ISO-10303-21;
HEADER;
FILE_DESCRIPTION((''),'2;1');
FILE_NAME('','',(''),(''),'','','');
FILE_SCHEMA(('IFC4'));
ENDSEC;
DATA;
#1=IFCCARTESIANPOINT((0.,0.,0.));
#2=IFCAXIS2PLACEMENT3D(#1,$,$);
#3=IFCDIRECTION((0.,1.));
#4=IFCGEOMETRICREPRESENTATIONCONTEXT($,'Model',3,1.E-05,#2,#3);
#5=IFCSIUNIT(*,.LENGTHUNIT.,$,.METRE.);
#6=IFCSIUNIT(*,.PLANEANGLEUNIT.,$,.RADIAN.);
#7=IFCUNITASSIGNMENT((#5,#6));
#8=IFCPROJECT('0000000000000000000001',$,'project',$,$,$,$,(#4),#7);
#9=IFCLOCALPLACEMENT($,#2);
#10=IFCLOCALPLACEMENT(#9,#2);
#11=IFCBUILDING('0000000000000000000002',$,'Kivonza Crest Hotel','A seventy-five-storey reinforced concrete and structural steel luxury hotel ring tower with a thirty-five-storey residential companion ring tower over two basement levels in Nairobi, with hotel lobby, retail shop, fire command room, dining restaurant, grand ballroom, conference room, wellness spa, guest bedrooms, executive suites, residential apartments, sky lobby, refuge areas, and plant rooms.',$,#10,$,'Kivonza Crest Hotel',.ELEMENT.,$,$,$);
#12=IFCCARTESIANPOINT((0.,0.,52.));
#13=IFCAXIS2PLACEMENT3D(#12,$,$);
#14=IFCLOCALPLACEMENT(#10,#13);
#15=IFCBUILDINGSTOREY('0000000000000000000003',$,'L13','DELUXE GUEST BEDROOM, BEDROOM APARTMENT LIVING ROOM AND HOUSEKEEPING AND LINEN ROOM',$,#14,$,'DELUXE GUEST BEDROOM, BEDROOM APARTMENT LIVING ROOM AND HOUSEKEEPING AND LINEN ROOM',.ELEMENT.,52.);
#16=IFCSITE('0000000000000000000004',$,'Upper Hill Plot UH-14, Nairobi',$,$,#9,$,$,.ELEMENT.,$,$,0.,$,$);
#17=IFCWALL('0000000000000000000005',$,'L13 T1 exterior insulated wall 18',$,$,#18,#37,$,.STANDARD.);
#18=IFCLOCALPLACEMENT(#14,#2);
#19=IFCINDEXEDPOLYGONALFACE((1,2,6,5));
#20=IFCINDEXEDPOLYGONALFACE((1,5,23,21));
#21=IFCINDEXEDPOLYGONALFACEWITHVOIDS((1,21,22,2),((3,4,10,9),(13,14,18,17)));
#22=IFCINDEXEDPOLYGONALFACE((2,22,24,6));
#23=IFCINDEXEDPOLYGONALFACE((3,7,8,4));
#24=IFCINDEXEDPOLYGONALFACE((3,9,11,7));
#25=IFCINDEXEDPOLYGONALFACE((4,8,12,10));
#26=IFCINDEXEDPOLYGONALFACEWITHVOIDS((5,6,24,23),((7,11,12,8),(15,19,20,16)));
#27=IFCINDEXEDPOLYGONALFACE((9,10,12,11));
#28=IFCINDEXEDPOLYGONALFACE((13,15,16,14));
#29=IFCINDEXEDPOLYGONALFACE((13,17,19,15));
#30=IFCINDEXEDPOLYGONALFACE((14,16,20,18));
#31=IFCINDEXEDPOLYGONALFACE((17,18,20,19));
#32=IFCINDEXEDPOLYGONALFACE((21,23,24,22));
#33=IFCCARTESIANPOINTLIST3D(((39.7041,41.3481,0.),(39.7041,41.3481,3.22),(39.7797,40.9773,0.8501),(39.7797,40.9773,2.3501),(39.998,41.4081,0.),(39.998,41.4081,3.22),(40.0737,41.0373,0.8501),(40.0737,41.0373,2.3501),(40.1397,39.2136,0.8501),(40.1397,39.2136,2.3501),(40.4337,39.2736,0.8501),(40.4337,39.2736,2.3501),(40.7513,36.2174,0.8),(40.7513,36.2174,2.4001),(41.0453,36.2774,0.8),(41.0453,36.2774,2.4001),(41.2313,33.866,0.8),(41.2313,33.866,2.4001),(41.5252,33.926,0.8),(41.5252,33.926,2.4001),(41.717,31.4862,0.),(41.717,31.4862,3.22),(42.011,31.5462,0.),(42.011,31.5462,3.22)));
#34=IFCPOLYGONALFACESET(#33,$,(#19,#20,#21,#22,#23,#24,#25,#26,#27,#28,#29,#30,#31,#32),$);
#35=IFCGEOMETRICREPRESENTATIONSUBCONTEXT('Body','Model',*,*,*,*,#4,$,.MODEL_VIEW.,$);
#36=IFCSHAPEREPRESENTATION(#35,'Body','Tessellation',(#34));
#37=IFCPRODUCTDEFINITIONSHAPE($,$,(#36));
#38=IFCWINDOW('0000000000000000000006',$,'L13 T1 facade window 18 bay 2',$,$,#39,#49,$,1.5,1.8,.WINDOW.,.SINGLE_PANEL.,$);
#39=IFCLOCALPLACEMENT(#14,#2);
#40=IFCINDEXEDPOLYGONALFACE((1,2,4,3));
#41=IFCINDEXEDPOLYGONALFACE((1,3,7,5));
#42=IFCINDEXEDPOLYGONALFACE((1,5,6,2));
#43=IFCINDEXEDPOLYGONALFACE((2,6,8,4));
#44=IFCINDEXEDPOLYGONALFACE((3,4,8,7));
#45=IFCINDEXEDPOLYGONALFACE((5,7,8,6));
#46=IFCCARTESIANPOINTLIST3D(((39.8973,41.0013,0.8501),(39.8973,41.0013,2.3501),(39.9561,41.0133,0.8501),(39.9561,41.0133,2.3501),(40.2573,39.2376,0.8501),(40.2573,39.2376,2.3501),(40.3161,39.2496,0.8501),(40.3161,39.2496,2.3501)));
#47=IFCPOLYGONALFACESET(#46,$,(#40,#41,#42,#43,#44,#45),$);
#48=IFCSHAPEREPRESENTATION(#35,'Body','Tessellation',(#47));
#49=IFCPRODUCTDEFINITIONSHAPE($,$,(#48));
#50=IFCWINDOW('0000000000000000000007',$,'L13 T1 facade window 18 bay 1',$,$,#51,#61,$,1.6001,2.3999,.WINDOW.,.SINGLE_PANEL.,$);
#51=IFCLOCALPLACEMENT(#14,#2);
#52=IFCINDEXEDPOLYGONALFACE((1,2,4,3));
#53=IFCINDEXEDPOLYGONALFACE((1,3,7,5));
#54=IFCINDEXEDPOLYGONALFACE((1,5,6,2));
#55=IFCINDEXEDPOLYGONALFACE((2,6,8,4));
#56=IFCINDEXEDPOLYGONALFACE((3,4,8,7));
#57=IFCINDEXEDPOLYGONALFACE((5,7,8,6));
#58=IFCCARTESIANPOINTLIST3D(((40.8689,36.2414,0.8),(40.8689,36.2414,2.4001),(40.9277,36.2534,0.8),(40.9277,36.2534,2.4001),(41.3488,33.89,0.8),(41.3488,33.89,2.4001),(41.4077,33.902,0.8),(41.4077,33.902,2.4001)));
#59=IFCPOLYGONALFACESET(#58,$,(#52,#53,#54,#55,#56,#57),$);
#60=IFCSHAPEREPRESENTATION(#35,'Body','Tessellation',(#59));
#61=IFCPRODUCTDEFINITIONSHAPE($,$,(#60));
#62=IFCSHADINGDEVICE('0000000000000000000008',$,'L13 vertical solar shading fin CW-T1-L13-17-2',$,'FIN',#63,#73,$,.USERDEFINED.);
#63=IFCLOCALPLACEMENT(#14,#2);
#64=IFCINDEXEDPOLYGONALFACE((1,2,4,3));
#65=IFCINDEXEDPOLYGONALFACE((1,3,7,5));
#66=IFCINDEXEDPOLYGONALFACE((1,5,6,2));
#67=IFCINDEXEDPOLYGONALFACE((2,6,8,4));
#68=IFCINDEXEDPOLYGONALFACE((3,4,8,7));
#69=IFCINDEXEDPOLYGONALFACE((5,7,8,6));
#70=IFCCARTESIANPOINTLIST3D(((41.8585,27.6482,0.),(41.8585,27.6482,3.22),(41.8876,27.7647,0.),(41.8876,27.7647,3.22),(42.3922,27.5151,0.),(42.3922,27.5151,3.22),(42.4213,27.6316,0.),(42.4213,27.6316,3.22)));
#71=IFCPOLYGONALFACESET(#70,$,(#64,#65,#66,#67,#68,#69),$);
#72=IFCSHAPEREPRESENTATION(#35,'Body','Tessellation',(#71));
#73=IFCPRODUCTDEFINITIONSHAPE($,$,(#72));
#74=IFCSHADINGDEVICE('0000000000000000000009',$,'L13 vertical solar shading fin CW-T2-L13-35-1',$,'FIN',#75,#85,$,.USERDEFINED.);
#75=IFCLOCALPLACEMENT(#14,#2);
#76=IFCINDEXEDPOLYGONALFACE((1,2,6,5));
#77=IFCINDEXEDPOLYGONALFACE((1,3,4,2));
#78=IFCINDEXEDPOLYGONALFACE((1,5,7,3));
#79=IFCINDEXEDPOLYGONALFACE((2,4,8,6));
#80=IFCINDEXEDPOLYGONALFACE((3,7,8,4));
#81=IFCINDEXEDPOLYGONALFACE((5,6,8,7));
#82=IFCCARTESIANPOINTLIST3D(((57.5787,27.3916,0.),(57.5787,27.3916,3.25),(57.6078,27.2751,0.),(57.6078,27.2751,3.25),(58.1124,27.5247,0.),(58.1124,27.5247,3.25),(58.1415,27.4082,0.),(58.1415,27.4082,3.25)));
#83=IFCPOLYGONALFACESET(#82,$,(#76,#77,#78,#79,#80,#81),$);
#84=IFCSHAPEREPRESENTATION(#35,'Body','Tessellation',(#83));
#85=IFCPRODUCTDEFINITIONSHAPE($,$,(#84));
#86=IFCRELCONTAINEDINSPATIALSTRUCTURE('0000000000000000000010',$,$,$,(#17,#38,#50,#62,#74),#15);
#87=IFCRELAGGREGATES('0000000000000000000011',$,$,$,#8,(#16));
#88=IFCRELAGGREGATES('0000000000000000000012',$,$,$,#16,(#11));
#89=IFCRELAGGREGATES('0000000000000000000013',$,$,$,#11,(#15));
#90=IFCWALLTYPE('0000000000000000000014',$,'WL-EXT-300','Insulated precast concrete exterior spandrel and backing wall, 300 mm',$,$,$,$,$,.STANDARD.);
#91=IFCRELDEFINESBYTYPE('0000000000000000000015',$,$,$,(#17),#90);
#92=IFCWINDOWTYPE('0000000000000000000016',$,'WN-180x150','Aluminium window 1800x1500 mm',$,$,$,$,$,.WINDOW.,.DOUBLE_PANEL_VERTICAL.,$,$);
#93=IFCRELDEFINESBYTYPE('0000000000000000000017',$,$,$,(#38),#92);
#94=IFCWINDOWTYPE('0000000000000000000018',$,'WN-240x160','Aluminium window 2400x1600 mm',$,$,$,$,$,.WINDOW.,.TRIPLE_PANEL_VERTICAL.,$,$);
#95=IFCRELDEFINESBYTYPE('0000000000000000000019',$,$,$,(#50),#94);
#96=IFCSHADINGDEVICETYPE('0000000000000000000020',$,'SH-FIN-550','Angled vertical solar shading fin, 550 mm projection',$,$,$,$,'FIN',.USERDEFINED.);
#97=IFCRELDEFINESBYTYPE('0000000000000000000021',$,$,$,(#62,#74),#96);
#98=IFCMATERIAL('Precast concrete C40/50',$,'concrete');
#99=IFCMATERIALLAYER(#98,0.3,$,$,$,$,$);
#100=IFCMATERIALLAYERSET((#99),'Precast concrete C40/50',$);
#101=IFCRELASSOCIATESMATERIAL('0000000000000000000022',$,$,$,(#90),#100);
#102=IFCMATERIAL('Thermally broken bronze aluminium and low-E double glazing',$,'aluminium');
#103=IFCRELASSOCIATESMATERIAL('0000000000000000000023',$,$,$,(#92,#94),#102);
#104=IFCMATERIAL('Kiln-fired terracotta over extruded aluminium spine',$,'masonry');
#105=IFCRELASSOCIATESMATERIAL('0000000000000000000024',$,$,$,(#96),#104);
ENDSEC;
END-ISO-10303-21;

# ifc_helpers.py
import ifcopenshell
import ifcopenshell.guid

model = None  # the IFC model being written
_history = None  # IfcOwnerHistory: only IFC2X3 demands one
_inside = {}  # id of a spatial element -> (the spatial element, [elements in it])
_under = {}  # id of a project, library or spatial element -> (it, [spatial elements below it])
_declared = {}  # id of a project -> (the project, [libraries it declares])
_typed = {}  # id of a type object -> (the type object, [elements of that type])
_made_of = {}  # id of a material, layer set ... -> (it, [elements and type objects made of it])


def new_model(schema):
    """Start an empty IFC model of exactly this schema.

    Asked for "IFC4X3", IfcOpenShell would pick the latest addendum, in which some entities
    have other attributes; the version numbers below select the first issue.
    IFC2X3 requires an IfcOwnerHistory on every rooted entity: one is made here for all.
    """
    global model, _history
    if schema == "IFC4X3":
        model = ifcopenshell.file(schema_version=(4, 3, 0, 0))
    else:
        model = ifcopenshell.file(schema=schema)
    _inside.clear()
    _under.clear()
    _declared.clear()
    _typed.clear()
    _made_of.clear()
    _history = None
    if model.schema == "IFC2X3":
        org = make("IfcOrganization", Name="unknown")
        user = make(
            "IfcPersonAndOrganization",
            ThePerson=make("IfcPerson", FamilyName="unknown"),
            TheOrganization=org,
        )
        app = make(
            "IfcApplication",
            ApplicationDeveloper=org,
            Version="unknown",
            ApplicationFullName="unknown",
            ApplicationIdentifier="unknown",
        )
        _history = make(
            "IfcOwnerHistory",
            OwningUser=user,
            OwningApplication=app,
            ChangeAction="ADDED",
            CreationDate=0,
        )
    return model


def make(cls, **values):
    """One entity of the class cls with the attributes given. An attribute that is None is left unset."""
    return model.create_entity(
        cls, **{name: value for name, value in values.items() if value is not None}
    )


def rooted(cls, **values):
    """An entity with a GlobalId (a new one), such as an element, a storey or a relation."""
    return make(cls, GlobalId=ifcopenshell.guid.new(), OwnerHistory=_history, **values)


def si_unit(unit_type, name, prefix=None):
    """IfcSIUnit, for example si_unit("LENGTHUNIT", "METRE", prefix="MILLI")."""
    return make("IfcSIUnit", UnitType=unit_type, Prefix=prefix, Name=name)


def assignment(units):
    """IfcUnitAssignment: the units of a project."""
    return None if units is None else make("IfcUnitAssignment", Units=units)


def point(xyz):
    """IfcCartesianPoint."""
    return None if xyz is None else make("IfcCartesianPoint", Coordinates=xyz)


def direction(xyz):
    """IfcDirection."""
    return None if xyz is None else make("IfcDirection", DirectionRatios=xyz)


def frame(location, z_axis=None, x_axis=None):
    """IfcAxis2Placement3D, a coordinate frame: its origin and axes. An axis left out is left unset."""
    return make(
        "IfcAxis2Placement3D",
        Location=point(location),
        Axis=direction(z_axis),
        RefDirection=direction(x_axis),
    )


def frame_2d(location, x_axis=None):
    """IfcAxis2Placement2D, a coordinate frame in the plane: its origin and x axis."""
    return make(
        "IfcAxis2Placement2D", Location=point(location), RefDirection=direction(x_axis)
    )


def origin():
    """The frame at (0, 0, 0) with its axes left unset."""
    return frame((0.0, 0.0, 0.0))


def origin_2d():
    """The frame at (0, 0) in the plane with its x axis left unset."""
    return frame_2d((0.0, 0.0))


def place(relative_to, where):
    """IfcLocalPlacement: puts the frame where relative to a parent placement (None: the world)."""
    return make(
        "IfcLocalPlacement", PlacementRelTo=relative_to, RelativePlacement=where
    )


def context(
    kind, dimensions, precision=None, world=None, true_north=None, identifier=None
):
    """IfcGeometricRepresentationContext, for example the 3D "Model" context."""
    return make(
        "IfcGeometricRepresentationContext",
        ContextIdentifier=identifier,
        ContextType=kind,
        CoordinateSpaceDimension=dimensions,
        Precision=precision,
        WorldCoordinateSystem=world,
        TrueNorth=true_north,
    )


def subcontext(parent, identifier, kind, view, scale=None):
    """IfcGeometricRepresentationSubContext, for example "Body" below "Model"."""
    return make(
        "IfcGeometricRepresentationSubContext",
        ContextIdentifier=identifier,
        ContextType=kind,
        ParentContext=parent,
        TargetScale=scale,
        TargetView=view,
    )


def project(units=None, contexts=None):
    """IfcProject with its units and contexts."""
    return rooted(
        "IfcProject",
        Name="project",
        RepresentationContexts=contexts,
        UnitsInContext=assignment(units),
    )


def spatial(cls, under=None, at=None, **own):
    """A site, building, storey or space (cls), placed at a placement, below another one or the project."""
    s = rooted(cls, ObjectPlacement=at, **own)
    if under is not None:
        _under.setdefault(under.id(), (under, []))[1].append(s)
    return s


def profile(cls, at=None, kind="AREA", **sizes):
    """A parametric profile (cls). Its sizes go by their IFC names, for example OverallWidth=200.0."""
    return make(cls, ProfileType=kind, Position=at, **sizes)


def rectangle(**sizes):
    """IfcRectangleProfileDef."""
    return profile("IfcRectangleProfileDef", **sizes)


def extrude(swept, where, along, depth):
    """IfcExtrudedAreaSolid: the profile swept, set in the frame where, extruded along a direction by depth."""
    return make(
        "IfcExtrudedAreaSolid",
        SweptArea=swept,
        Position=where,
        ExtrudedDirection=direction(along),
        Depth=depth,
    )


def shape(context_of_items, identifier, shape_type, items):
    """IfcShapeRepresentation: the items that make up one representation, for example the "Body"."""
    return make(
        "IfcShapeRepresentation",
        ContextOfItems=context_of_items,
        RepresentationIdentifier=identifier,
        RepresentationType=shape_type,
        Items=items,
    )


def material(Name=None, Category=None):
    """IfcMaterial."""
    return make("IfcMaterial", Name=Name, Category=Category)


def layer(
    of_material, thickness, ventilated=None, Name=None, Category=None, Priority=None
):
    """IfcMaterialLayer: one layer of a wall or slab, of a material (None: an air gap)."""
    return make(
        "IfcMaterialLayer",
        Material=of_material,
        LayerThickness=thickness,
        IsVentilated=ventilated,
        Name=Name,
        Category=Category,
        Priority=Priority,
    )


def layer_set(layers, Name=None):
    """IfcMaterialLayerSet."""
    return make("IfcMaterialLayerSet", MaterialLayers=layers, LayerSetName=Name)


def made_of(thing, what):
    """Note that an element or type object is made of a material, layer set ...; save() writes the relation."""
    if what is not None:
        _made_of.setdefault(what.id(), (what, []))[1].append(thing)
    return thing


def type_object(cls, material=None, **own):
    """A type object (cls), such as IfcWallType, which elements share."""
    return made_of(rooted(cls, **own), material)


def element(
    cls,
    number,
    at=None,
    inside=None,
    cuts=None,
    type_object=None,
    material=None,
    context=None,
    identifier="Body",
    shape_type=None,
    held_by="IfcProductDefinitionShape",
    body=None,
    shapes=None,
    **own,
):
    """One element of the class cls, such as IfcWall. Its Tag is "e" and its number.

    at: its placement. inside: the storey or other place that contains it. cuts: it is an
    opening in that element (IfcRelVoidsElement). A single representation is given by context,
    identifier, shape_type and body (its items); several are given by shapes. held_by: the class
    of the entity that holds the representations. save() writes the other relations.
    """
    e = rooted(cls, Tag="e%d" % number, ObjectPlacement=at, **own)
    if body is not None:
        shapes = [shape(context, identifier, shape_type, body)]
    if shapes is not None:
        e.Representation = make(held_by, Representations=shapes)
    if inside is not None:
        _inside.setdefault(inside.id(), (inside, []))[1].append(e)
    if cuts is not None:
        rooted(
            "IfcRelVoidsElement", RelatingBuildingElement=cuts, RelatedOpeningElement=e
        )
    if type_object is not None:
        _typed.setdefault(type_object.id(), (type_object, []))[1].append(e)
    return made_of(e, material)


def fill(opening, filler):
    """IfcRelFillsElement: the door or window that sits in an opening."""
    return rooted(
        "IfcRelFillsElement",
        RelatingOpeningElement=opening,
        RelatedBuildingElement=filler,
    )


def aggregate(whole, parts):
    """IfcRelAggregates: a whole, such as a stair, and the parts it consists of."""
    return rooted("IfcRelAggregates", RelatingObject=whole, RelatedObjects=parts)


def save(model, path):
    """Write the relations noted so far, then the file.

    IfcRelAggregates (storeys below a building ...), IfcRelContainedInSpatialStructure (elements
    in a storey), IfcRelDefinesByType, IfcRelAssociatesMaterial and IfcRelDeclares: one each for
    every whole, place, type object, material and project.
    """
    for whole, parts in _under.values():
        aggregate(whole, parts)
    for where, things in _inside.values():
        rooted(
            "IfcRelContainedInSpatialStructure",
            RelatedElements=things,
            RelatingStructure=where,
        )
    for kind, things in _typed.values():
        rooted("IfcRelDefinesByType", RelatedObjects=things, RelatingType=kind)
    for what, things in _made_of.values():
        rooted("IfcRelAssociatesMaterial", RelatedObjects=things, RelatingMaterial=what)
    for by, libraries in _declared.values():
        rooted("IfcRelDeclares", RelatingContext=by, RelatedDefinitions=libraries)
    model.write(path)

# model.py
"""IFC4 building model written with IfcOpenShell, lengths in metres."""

from ifc_helpers import new_model, si_unit, direction, frame, frame_2d, origin, origin_2d, place, context, subcontext, project, spatial, rectangle, extrude, material, layer, layer_set, type_object, element, fill, save


model = new_model("IFC4")

# Units and contexts
model_context = context("Model", 3, precision=1e-05, world=origin(), true_north=direction((0.0, 1.0)))
body_context = subcontext(model_context, "Body", "Model", "MODEL_VIEW")
ifc_project = project(units=[si_unit("LENGTHUNIT", "METRE"), si_unit("PLANEANGLEUNIT", "RADIAN")], contexts=[model_context])

# Site, building, storey
site_placement = place(None, origin())
site = spatial("IfcSite", under=ifc_project, at=site_placement, Name="Upper Hill Plot UH-14, Nairobi", CompositionType="ELEMENT", RefElevation=0.0)
building_placement = place(site_placement, origin())
building = spatial("IfcBuilding", under=site, at=building_placement, Name="Kivonza Crest Hotel", Description="A seventy-five-storey reinforced concrete and structural steel luxury hotel ring tower with a thirty-five-storey residential companion ring tower over two basement levels in Nairobi, with hotel lobby, retail shop, fire command room, dining restaurant, grand ballroom, conference room, wellness spa, guest bedrooms, executive suites, residential apartments, sky lobby, refuge areas, and plant rooms.", LongName="Kivonza Crest Hotel", CompositionType="ELEMENT")
storey_placement = place(building_placement, frame((0.0, 0.0, 52.0)))
storey = spatial("IfcBuildingStorey", under=building, at=storey_placement, Name="L13", Description="DELUXE GUEST BEDROOM, BEDROOM APARTMENT LIVING ROOM AND HOUSEKEEPING AND LINEN ROOM", LongName="DELUXE GUEST BEDROOM, BEDROOM APARTMENT LIVING ROOM AND HOUSEKEEPING AND LINEN ROOM", CompositionType="ELEMENT", Elevation=52.0)

# Wall, openings, windows
ifc_material_1 = material(Name="Precast concrete C40/50", Category="concrete")
ifc_layer_1 = layer(ifc_material_1, 0.3)
ifc_layer_set_1 = layer_set([ifc_layer_1], Name="Precast concrete C40/50")
wall_type_1 = type_object("IfcWallType", Name="WL-EXT-300", Description="Insulated precast concrete exterior spandrel and backing wall, 300 mm", PredefinedType="STANDARD", material=ifc_layer_set_1)
wall_1_placement = place(storey_placement, frame((41.864, 31.5161, 0.0), z_axis=(0.0, 0.0, 1.0), x_axis=(-0.199991, 0.979798, 0.0)))
wall_1 = element("IfcWall", 1, at=wall_1_placement, inside=storey, type_object=wall_type_1, Name="L13 T1 exterior insulated wall 18", PredefinedType="STANDARD", context=body_context, shape_type="SweptSolid", body=[
    extrude(rectangle(XDim=10.0652, YDim=0.3, at=frame_2d((5.0327, 0.0))), origin(), (0.0, 0.0, 1.0), 3.22),
])
opening_1_placement = place(wall_1_placement, frame((2.429, 0.0, 0.8)))
opening_1 = element("IfcOpeningElement", 2, at=opening_1_placement, cuts=wall_1, PredefinedType="OPENING", context=body_context, shape_type="SweptSolid", body=[
    extrude(rectangle(XDim=2.3999, YDim=1.6001, at=frame_2d((1.2, 0.8))), frame((0.0, 0.1602, 0.0), z_axis=(0.0, -1.0, 0.0), x_axis=(1.0, 0.0, 0.0)), (0.0, 0.0, 1.0), 0.3201),
])
opening_2_placement = place(wall_1_placement, frame((7.887, 0.0, 0.8501)))
opening_2 = element("IfcOpeningElement", 3, at=opening_2_placement, cuts=wall_1, PredefinedType="OPENING", context=body_context, shape_type="SweptSolid", body=[
    extrude(rectangle(XDim=1.8, YDim=1.5, at=frame_2d((0.8999, 0.75))), frame((0.0, 0.1602, 0.0), z_axis=(0.0, -1.0, 0.0), x_axis=(1.0, 0.0, 0.0)), (0.0, 0.0, 1.0), 0.3201),
])
ifc_material_2 = material(Name="Thermally broken bronze aluminium and low-E double glazing", Category="aluminium")
window_type_1 = type_object("IfcWindowType", Name="WN-180x150", Description="Aluminium window 1800x1500 mm", PartitioningType="DOUBLE_PANEL_VERTICAL", PredefinedType="WINDOW", material=ifc_material_2)
window_1_placement = place(opening_2_placement, origin())
window_1 = element("IfcWindow", 4, at=window_1_placement, inside=storey, type_object=window_type_1, Name="L13 T1 facade window 18 bay 2", OverallHeight=1.5, OverallWidth=1.8, PartitioningType="SINGLE_PANEL", PredefinedType="WINDOW", context=body_context, shape_type="SweptSolid", body=[
    extrude(rectangle(XDim=1.8, YDim=1.5, at=frame_2d((0.8999, 0.75))), frame((0.0, 0.03, 0.0), z_axis=(0.0, -1.0, 0.0), x_axis=(1.0, 0.0, 0.0)), (0.0, 0.0, 1.0), 0.0601),
])
fill(opening_2, window_1)
window_type_2 = type_object("IfcWindowType", Name="WN-240x160", Description="Aluminium window 2400x1600 mm", PartitioningType="TRIPLE_PANEL_VERTICAL", PredefinedType="WINDOW", material=ifc_material_2)
window_2_placement = place(opening_1_placement, origin())
window_2 = element("IfcWindow", 5, at=window_2_placement, inside=storey, type_object=window_type_2, Name="L13 T1 facade window 18 bay 1", OverallHeight=1.6001, OverallWidth=2.3999, PartitioningType="SINGLE_PANEL", PredefinedType="WINDOW", context=body_context, shape_type="SweptSolid", body=[
    extrude(rectangle(XDim=2.3999, YDim=1.6001, at=frame_2d((1.2, 0.8))), frame((0.0, 0.03, 0.0), z_axis=(0.0, -1.0, 0.0), x_axis=(1.0, 0.0, 0.0)), (0.0, 0.0, 1.0), 0.0601),
])
fill(opening_1, window_2)

# Shading devices
ifc_material_3 = material(Name="Kiln-fired terracotta over extruded aluminium spine", Category="masonry")
shading_device_type = type_object("IfcShadingDeviceType", Name="SH-FIN-550", Description="Angled vertical solar shading fin, 550 mm projection", ElementType="FIN", PredefinedType="USERDEFINED", material=ifc_material_3)
shading_device_1_placement = place(storey_placement, frame((42.1399, 27.6399, 0.0), z_axis=(0.0, 0.0, 1.0), x_axis=(0.241922, 0.970296, 0.0)))
element("IfcShadingDevice", 6, at=shading_device_1_placement, inside=storey, type_object=shading_device_type, Name="L13 vertical solar shading fin CW-T1-L13-17-2", ObjectType="FIN", PredefinedType="USERDEFINED", context=body_context, shape_type="SweptSolid", body=[
    extrude(rectangle(XDim=0.1201, YDim=0.55, at=origin_2d()), origin(), (0.0, 0.0, 1.0), 3.22),
])
shading_device_2_placement = place(storey_placement, frame((57.8601, 27.3999, 0.0), z_axis=(0.0, 0.0, 1.0), x_axis=(0.241922, -0.970296, 0.0)))
element("IfcShadingDevice", 7, at=shading_device_2_placement, inside=storey, type_object=shading_device_type, Name="L13 vertical solar shading fin CW-T2-L13-35-1", ObjectType="FIN", PredefinedType="USERDEFINED", context=body_context, shape_type="SweptSolid", body=[
    extrude(rectangle(XDim=0.1201, YDim=0.55, at=origin_2d()), origin(), (0.0, 0.0, 1.0), 3.25),
])

save(model, "model.ifc")
